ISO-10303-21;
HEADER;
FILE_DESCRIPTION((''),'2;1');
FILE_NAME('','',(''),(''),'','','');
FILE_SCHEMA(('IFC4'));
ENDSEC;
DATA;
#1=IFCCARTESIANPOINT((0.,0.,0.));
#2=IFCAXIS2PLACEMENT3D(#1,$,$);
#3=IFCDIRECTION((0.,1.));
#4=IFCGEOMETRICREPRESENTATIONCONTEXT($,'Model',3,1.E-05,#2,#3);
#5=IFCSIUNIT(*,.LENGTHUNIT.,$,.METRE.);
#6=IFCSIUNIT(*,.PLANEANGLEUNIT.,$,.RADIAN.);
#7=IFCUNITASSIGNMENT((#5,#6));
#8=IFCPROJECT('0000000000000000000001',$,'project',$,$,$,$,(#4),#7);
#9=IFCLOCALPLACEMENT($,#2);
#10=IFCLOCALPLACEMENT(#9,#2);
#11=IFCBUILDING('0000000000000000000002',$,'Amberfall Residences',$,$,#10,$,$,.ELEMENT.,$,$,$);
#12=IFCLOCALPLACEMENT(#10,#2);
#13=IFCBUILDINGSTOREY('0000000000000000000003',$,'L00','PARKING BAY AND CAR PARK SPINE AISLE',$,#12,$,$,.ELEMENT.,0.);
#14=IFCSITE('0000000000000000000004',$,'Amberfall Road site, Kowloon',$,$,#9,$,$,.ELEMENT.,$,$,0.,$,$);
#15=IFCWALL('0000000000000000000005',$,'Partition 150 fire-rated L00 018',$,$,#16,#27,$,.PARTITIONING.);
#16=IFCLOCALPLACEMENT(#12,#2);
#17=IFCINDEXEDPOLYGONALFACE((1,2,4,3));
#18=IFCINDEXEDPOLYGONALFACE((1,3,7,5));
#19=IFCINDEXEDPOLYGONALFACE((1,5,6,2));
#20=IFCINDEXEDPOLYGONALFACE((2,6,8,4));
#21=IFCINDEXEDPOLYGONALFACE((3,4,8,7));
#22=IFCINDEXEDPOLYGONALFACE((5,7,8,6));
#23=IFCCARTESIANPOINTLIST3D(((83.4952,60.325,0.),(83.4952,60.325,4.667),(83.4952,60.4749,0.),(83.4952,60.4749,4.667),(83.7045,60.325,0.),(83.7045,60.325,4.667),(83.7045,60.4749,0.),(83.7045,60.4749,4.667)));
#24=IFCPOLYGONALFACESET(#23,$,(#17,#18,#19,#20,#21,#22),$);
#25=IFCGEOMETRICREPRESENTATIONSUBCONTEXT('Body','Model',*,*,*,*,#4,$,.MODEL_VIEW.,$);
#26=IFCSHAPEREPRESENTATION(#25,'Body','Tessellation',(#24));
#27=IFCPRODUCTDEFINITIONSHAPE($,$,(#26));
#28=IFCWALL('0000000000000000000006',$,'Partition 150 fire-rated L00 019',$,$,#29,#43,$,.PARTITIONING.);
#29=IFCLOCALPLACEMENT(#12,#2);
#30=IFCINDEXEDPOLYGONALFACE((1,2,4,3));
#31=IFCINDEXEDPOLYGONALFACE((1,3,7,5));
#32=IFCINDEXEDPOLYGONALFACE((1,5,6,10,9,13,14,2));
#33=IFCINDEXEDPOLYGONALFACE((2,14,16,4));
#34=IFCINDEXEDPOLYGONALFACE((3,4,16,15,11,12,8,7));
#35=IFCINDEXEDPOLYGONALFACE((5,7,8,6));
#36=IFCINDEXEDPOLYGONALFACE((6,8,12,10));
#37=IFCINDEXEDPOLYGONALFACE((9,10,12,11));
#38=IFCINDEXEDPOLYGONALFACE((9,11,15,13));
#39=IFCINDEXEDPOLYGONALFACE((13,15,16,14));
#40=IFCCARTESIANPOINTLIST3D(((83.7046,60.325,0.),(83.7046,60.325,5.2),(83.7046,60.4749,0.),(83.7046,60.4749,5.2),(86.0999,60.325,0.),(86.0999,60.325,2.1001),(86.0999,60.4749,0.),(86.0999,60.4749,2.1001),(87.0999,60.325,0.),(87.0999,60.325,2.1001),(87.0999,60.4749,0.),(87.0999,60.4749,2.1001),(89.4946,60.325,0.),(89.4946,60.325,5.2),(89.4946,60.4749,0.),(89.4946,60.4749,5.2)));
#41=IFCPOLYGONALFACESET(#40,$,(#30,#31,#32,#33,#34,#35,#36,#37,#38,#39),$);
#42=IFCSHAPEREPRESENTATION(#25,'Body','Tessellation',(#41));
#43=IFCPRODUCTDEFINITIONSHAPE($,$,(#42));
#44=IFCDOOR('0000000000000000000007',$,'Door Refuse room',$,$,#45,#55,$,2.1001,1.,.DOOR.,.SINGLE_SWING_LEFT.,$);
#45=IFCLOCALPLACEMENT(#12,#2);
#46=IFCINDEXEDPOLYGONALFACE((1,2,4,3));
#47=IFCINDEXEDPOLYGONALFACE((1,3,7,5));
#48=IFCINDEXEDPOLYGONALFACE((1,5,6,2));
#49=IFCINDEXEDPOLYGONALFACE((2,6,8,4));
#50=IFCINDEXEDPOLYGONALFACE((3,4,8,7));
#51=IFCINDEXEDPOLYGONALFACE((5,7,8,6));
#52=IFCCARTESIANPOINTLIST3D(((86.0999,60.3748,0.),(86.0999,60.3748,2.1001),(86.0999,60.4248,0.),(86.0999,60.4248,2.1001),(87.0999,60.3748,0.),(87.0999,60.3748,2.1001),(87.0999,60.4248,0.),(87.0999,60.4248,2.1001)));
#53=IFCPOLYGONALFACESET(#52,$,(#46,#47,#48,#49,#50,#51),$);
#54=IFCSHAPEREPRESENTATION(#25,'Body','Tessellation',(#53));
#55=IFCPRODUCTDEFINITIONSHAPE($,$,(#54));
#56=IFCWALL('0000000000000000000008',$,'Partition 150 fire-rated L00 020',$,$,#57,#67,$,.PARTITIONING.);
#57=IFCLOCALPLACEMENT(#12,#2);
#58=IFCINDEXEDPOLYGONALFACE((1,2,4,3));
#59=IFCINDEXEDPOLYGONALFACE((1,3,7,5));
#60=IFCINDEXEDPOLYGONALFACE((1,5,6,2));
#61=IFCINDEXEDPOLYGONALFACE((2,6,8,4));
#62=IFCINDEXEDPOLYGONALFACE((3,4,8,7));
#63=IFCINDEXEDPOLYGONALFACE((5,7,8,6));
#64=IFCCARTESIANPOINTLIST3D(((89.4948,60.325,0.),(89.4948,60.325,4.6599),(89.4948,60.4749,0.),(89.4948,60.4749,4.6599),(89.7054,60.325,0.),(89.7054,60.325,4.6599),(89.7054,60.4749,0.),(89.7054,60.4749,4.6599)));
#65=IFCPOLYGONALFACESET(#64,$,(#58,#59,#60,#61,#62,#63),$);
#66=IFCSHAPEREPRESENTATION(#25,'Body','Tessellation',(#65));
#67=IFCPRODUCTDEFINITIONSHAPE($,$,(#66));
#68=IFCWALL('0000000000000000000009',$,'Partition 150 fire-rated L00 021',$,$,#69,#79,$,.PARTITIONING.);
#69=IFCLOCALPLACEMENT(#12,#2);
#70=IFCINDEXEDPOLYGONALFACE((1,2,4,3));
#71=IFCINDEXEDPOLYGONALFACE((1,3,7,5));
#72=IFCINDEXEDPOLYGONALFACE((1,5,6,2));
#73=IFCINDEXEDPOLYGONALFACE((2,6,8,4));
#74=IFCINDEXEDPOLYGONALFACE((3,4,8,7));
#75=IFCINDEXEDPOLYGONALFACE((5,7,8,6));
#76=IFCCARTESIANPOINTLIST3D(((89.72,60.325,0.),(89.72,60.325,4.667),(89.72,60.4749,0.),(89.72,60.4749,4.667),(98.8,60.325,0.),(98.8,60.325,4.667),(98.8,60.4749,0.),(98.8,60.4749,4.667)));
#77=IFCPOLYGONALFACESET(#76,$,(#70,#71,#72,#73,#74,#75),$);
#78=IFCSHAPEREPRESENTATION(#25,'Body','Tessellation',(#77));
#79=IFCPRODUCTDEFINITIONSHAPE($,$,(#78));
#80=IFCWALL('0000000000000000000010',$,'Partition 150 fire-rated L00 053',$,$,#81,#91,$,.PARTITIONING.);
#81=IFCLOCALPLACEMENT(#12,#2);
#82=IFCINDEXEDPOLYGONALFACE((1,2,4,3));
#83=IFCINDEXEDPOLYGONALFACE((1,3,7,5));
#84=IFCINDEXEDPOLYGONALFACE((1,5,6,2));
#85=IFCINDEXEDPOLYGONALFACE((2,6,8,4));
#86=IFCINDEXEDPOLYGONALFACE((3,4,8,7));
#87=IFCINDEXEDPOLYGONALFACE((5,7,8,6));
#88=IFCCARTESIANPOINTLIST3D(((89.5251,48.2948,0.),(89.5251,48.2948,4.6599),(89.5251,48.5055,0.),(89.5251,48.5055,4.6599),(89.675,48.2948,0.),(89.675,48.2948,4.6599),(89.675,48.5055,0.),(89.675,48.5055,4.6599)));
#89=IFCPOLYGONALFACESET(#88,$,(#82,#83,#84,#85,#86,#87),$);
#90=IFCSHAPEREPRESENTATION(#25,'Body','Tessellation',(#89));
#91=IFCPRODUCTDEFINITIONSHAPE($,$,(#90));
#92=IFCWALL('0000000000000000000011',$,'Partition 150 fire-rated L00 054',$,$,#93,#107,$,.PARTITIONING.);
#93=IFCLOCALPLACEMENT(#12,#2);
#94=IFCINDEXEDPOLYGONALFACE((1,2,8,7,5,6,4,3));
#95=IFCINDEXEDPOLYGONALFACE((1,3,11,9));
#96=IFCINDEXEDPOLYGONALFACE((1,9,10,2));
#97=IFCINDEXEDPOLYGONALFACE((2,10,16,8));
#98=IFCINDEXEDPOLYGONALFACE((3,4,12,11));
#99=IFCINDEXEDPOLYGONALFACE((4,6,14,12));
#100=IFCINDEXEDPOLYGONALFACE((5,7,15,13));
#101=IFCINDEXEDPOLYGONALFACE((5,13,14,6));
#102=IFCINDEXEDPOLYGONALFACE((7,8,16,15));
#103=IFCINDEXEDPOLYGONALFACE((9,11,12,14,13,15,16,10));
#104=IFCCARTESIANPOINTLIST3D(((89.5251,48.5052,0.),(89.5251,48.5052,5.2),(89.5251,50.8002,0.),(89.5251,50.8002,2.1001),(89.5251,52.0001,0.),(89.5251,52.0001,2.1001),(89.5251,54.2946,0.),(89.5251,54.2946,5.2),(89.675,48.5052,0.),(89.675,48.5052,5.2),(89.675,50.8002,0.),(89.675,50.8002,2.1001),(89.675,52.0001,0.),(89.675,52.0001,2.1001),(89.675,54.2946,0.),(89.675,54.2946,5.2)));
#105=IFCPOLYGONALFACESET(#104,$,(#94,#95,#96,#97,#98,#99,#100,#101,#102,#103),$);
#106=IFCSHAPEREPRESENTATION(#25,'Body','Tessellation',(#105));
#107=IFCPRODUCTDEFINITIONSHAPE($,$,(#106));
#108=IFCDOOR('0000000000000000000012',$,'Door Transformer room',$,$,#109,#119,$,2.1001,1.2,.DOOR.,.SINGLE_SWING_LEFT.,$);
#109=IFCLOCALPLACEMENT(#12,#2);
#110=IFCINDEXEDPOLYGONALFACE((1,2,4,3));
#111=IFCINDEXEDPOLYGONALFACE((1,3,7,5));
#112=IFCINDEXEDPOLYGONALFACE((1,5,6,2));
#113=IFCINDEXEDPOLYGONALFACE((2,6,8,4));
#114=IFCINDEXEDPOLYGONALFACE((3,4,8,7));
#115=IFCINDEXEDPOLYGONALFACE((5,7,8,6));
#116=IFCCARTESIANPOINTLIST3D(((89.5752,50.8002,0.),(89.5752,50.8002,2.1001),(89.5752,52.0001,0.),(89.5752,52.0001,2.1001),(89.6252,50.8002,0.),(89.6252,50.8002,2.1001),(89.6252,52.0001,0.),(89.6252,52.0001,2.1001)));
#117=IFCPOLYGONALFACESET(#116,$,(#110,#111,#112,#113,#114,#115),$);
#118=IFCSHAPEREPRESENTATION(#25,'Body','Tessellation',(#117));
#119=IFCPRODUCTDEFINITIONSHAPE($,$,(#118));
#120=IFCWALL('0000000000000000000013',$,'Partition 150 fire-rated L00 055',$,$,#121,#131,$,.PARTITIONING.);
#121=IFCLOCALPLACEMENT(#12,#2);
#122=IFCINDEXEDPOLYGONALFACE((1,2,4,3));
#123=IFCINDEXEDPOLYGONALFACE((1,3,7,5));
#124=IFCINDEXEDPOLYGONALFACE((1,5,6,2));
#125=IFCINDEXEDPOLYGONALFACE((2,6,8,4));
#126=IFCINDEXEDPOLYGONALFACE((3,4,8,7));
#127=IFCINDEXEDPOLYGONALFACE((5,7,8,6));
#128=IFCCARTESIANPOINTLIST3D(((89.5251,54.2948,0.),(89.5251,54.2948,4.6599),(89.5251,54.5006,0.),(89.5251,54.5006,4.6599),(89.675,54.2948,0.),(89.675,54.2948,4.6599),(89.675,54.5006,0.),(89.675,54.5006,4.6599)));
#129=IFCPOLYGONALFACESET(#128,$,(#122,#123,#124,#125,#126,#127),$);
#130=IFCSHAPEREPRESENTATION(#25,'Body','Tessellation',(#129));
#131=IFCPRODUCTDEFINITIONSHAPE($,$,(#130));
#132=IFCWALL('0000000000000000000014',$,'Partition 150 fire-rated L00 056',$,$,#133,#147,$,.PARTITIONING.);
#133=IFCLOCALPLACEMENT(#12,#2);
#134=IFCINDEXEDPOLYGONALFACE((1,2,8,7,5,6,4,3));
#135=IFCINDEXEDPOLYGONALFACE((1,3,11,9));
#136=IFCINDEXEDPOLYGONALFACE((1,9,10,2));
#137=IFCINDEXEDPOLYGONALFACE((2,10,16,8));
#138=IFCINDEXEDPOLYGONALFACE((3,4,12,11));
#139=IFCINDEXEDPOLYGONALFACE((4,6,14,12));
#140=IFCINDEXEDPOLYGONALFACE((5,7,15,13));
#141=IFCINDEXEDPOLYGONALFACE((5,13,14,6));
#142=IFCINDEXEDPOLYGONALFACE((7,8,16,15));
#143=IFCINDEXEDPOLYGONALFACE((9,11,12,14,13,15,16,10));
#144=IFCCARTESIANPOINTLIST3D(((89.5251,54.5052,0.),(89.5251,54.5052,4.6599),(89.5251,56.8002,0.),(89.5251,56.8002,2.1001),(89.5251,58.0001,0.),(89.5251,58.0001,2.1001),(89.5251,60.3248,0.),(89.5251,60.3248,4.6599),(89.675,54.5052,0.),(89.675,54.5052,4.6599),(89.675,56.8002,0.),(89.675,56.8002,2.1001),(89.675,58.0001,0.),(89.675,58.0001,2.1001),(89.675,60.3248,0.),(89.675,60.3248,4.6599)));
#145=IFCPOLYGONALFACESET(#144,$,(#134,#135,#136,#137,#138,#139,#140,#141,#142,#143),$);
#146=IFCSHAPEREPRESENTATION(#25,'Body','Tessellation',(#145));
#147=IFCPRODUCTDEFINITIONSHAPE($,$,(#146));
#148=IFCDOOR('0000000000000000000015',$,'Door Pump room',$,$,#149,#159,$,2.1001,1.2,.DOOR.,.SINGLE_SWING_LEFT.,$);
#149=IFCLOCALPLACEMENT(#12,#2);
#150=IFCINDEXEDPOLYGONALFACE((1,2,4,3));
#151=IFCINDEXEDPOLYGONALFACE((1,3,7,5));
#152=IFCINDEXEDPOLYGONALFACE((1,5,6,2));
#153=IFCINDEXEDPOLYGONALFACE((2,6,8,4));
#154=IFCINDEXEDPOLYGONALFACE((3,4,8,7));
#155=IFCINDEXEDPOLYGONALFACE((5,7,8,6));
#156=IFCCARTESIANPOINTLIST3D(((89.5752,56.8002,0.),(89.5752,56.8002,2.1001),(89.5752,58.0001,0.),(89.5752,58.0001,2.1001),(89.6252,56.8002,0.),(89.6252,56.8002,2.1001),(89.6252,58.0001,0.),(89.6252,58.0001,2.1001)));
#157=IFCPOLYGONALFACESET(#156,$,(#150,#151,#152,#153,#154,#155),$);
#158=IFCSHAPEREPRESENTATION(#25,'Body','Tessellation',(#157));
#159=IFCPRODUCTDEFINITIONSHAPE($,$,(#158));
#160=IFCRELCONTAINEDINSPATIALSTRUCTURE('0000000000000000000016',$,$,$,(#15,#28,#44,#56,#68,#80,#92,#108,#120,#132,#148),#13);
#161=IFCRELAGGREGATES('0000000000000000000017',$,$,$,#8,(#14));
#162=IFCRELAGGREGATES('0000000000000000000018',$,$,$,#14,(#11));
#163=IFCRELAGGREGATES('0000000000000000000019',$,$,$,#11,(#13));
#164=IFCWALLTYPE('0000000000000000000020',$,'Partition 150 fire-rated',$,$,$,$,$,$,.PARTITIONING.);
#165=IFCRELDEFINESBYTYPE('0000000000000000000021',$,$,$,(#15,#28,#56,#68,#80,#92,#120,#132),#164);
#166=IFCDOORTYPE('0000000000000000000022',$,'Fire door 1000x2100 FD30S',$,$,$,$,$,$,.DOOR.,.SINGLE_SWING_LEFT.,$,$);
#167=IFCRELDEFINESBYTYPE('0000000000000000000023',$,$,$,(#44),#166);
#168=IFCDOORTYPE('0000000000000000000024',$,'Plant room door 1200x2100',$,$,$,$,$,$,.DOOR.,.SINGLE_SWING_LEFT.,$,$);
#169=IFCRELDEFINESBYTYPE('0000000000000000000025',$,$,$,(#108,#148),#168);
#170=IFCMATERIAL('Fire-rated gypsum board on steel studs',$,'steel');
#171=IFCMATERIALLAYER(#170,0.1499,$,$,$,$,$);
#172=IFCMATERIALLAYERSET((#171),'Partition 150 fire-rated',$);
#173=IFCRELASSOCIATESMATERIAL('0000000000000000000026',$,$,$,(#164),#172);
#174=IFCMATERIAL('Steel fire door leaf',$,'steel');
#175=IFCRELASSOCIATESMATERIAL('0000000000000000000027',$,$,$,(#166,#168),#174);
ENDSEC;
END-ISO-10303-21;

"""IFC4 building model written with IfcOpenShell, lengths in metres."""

from ifc_helpers import new_model, si_unit, direction, frame, frame_2d, origin, place, context, subcontext, project, spatial, rectangle, extrude, material, layer, layer_set, type_object, element, fill, save


model = new_model("IFC4")

# Units and contexts
model_context = context("Model", 3, precision=1e-05, world=origin(), true_north=direction((0.0, 1.0)))
body_context = subcontext(model_context, "Body", "Model", "MODEL_VIEW")
ifc_project = project(units=[si_unit("LENGTHUNIT", "METRE"), si_unit("PLANEANGLEUNIT", "RADIAN")], contexts=[model_context])

# Site, building, storey
site_placement = place(None, origin())
site = spatial("IfcSite", under=ifc_project, at=site_placement, Name="Amberfall Road site, Kowloon", CompositionType="ELEMENT", RefElevation=0.0)
building_placement = place(site_placement, origin())
building = spatial("IfcBuilding", under=site, at=building_placement, Name="Amberfall Residences", CompositionType="ELEMENT")
storey_placement = place(building_placement, origin())
storey = spatial("IfcBuildingStorey", under=building, at=storey_placement, Name="L00", Description="PARKING BAY AND CAR PARK SPINE AISLE", CompositionType="ELEMENT", Elevation=0.0)

# Wall
ifc_material_1 = material(Name="Fire-rated gypsum board on steel studs", Category="steel")
ifc_layer_1 = layer(ifc_material_1, 0.1499)
ifc_layer_set_1 = layer_set([ifc_layer_1], Name="Partition 150 fire-rated")
wall_type_1 = type_object("IfcWallType", Name="Partition 150 fire-rated", PredefinedType="PARTITIONING", material=ifc_layer_set_1)
wall_1_placement = place(storey_placement, frame((83.4954, 60.3999, 0.0), z_axis=(0.0, 0.0, 1.0), x_axis=(1.0, 0.0, 0.0)))
element("IfcWall", 1, at=wall_1_placement, inside=storey, type_object=wall_type_1, Name="Partition 150 fire-rated L00 018", PredefinedType="PARTITIONING", context=body_context, shape_type="SweptSolid", body=[
    extrude(rectangle(XDim=0.2092, YDim=0.1499, at=frame_2d((0.1045, 0.0))), origin(), (0.0, 0.0, 1.0), 4.667),
])

# Wall, opening, door
wall_2_placement = place(storey_placement, frame((83.7046, 60.3999, 0.0), z_axis=(0.0, 0.0, 1.0), x_axis=(1.0, 0.0, 0.0)))
wall_2 = element("IfcWall", 2, at=wall_2_placement, inside=storey, type_object=wall_type_1, Name="Partition 150 fire-rated L00 019", PredefinedType="PARTITIONING", context=body_context, shape_type="SweptSolid", body=[
    extrude(rectangle(XDim=5.79, YDim=0.1499, at=frame_2d((2.895, 0.0))), origin(), (0.0, 0.0, 1.0), 5.2),
])
opening_1_placement = place(wall_2_placement, frame((2.3953, 0.0, 0.0)))
opening_1 = element("IfcOpeningElement", 3, at=opening_1_placement, cuts=wall_2, PredefinedType="OPENING", context=body_context, shape_type="SweptSolid", body=[
    extrude(rectangle(XDim=1.0, YDim=2.1001, at=frame_2d((0.5, 1.05))), frame((0.0, 0.085, 0.0), z_axis=(0.0, -1.0, 0.0), x_axis=(1.0, 0.0, 0.0)), (0.0, 0.0, 1.0), 0.1699),
])
ifc_material_2 = material(Name="Steel fire door leaf", Category="steel")
door_type_1 = type_object("IfcDoorType", Name="Fire door 1000x2100 FD30S", OperationType="SINGLE_SWING_LEFT", PredefinedType="DOOR", material=ifc_material_2)
door_1_placement = place(opening_1_placement, origin())
door_1 = element("IfcDoor", 4, at=door_1_placement, inside=storey, type_object=door_type_1, Name="Door Refuse room", OperationType="SINGLE_SWING_LEFT", OverallHeight=2.1001, OverallWidth=1.0, PredefinedType="DOOR", context=body_context, shape_type="SweptSolid", body=[
    extrude(rectangle(XDim=1.0, YDim=2.1001, at=frame_2d((0.5, 1.05))), frame((0.0, 0.0249, 0.0), z_axis=(0.0, -1.0, 0.0), x_axis=(1.0, 0.0, 0.0)), (0.0, 0.0, 1.0), 0.05),
])
fill(opening_1, door_1)

# Walls
wall_3_placement = place(storey_placement, frame((89.4946, 60.3999, 0.0), z_axis=(0.0, 0.0, 1.0), x_axis=(1.0, 0.0, 0.0)))
element("IfcWall", 5, at=wall_3_placement, inside=storey, type_object=wall_type_1, Name="Partition 150 fire-rated L00 020", PredefinedType="PARTITIONING", context=body_context, shape_type="SweptSolid", body=[
    extrude(rectangle(XDim=0.2107, YDim=0.1499, at=frame_2d((0.1055, 0.0))), origin(), (0.0, 0.0, 1.0), 4.6599),
])
wall_4_placement = place(storey_placement, frame((89.72, 60.3999, 0.0), z_axis=(0.0, 0.0, 1.0), x_axis=(1.0, 0.0, 0.0)))
element("IfcWall", 6, at=wall_4_placement, inside=storey, type_object=wall_type_1, Name="Partition 150 fire-rated L00 021", PredefinedType="PARTITIONING", context=body_context, shape_type="SweptSolid", body=[
    extrude(rectangle(XDim=9.0801, YDim=0.1499, at=frame_2d((4.54, 0.0))), origin(), (0.0, 0.0, 1.0), 4.667),
])
wall_5_placement = place(storey_placement, frame((89.6001, 48.2947, 0.0), z_axis=(0.0, 0.0, 1.0), x_axis=(0.0, 1.0, 0.0)))
element("IfcWall", 7, at=wall_5_placement, inside=storey, type_object=wall_type_1, Name="Partition 150 fire-rated L00 053", PredefinedType="PARTITIONING", context=body_context, shape_type="SweptSolid", body=[
    extrude(rectangle(XDim=0.2107, YDim=0.1499, at=frame_2d((0.1055, 0.0))), origin(), (0.0, 0.0, 1.0), 4.6599),
])

# Wall, opening, door
wall_6_placement = place(storey_placement, frame((89.6001, 48.5054, 0.0), z_axis=(0.0, 0.0, 1.0), x_axis=(0.0, 1.0, 0.0)))
wall_6 = element("IfcWall", 8, at=wall_6_placement, inside=storey, type_object=wall_type_1, Name="Partition 150 fire-rated L00 054", PredefinedType="PARTITIONING", context=body_context, shape_type="SweptSolid", body=[
    extrude(rectangle(XDim=5.7893, YDim=0.1499, at=frame_2d((2.8945, 0.0))), origin(), (0.0, 0.0, 1.0), 5.2),
])
opening_2_placement = place(wall_6_placement, frame((2.2947, 0.0, 0.0)))
opening_2 = element("IfcOpeningElement", 9, at=opening_2_placement, cuts=wall_6, PredefinedType="OPENING", context=body_context, shape_type="SweptSolid", body=[
    extrude(rectangle(XDim=1.2, YDim=2.1001, at=frame_2d((0.6001, 1.05))), frame((0.0, 0.085, 0.0), z_axis=(0.0, -1.0, 0.0), x_axis=(1.0, 0.0, 0.0)), (0.0, 0.0, 1.0), 0.1699),
])
door_type_2 = type_object("IfcDoorType", Name="Plant room door 1200x2100", OperationType="SINGLE_SWING_LEFT", PredefinedType="DOOR", material=ifc_material_2)
door_2_placement = place(opening_2_placement, origin())
door_2 = element("IfcDoor", 10, at=door_2_placement, inside=storey, type_object=door_type_2, Name="Door Transformer room", OperationType="SINGLE_SWING_LEFT", OverallHeight=2.1001, OverallWidth=1.2, PredefinedType="DOOR", context=body_context, shape_type="SweptSolid", body=[
    extrude(rectangle(XDim=1.2, YDim=2.1001, at=frame_2d((0.6001, 1.05))), frame((0.0, 0.0249, 0.0), z_axis=(0.0, -1.0, 0.0), x_axis=(1.0, 0.0, 0.0)), (0.0, 0.0, 1.0), 0.05),
])
fill(opening_2, door_2)

# Wall
wall_7_placement = place(storey_placement, frame((89.6001, 54.2947, 0.0), z_axis=(0.0, 0.0, 1.0), x_axis=(0.0, 1.0, 0.0)))
element("IfcWall", 11, at=wall_7_placement, inside=storey, type_object=wall_type_1, Name="Partition 150 fire-rated L00 055", PredefinedType="PARTITIONING", context=body_context, shape_type="SweptSolid", body=[
    extrude(rectangle(XDim=0.2058, YDim=0.1499, at=frame_2d((0.103, 0.0))), origin(), (0.0, 0.0, 1.0), 4.6599),
])

# Wall, opening, door
wall_8_placement = place(storey_placement, frame((89.6001, 54.5054, 0.0), z_axis=(0.0, 0.0, 1.0), x_axis=(0.0, 1.0, 0.0)))
wall_8 = element("IfcWall", 12, at=wall_8_placement, inside=storey, type_object=wall_type_1, Name="Partition 150 fire-rated L00 056", PredefinedType="PARTITIONING", context=body_context, shape_type="SweptSolid", body=[
    extrude(rectangle(XDim=5.8196, YDim=0.1499, at=frame_2d((2.9097, 0.0))), origin(), (0.0, 0.0, 1.0), 4.6599),
])
opening_3_placement = place(wall_8_placement, frame((2.2947, 0.0, 0.0)))
opening_3 = element("IfcOpeningElement", 13, at=opening_3_placement, cuts=wall_8, PredefinedType="OPENING", context=body_context, shape_type="SweptSolid", body=[
    extrude(rectangle(XDim=1.2, YDim=2.1001, at=frame_2d((0.6001, 1.05))), frame((0.0, 0.085, 0.0), z_axis=(0.0, -1.0, 0.0), x_axis=(1.0, 0.0, 0.0)), (0.0, 0.0, 1.0), 0.1699),
])
door_3_placement = place(opening_3_placement, origin())
door_3 = element("IfcDoor", 14, at=door_3_placement, inside=storey, type_object=door_type_2, Name="Door Pump room", OperationType="SINGLE_SWING_LEFT", OverallHeight=2.1001, OverallWidth=1.2, PredefinedType="DOOR", context=body_context, shape_type="SweptSolid", body=[
    extrude(rectangle(XDim=1.2, YDim=2.1001, at=frame_2d((0.6001, 1.05))), frame((0.0, 0.0249, 0.0), z_axis=(0.0, -1.0, 0.0), x_axis=(1.0, 0.0, 0.0)), (0.0, 0.0, 1.0), 0.05),
])
fill(opening_3, door_3)

save(model, "model.ifc")
